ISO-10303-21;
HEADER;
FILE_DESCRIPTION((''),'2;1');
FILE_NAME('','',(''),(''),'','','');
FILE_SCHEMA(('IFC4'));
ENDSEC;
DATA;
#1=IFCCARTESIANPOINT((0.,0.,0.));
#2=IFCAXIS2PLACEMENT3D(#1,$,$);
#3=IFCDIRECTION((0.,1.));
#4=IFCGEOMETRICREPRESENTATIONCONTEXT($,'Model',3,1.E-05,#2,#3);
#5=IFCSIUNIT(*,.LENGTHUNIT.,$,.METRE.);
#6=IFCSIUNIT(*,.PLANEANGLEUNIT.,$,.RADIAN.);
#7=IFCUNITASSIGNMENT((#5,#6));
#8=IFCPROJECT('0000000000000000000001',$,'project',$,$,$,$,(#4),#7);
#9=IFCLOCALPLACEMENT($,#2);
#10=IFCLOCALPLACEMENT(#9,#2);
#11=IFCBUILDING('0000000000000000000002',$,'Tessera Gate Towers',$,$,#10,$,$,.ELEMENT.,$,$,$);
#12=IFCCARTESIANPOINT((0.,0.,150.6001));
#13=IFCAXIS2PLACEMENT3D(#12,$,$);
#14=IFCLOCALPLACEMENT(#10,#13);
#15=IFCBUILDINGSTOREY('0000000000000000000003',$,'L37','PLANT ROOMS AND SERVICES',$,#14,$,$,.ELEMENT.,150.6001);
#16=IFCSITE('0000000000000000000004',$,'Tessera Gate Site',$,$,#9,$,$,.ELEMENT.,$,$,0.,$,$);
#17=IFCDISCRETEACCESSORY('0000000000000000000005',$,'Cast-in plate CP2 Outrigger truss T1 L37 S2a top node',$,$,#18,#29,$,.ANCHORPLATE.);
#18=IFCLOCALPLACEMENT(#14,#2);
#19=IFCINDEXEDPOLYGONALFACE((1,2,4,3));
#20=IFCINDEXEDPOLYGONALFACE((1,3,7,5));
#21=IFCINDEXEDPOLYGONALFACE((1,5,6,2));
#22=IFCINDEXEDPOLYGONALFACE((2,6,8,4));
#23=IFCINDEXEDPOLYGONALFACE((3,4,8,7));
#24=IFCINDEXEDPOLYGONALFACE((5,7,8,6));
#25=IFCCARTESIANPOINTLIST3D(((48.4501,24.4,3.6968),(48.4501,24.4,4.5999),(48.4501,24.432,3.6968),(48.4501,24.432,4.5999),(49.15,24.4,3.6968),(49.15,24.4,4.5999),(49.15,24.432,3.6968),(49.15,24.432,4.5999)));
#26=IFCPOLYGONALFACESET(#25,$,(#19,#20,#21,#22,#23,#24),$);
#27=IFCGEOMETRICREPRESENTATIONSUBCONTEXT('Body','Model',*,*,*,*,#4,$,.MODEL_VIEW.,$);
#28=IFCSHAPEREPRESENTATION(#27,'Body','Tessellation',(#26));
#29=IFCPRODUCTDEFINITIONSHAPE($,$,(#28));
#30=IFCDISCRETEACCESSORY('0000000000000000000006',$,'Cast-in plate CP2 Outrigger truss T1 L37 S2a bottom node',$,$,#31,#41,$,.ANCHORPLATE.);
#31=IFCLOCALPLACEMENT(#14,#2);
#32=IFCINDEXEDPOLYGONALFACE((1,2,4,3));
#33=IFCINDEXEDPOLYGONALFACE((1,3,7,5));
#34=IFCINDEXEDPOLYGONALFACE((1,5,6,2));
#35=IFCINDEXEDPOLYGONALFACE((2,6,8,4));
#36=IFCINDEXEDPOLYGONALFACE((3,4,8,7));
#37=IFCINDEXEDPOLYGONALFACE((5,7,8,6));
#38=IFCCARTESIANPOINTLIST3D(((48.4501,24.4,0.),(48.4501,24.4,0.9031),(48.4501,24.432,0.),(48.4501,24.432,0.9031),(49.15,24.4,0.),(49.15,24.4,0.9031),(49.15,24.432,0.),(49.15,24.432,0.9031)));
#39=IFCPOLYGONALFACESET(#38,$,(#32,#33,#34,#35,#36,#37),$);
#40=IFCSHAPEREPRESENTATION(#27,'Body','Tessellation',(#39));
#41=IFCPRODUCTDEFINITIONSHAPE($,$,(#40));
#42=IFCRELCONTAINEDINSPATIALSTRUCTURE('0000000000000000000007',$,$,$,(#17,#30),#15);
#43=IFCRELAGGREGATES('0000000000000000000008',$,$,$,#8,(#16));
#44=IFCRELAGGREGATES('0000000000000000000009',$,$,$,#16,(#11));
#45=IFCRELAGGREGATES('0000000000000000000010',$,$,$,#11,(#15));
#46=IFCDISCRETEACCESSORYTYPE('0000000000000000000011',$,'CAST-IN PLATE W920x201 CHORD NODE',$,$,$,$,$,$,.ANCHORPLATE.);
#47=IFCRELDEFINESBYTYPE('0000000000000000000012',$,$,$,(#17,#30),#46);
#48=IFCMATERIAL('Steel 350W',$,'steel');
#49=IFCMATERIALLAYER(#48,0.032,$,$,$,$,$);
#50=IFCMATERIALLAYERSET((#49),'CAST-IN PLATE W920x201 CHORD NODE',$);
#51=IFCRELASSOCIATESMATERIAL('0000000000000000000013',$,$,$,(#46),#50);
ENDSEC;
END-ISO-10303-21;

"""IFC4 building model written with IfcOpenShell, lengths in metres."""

from ifc_helpers import new_model, si_unit, direction, frame, origin, origin_2d, place, context, subcontext, project, spatial, rectangle, extrude, material, layer, layer_set, type_object, element, save


model = new_model("IFC4")

# Units and contexts
model_context = context("Model", 3, precision=1e-05, world=origin(), true_north=direction((0.0, 1.0)))
body_context = subcontext(model_context, "Body", "Model", "MODEL_VIEW")
ifc_project = project(units=[si_unit("LENGTHUNIT", "METRE"), si_unit("PLANEANGLEUNIT", "RADIAN")], contexts=[model_context])

# Site, building, storey
site_placement = place(None, origin())
site = spatial("IfcSite", under=ifc_project, at=site_placement, Name="Tessera Gate Site", CompositionType="ELEMENT", RefElevation=0.0)
building_placement = place(site_placement, origin())
building = spatial("IfcBuilding", under=site, at=building_placement, Name="Tessera Gate Towers", CompositionType="ELEMENT")
storey_placement = place(building_placement, frame((0.0, 0.0, 150.6001)))
storey = spatial("IfcBuildingStorey", under=building, at=storey_placement, Name="L37", Description="PLANT ROOMS AND SERVICES", CompositionType="ELEMENT", Elevation=150.6001)

# Discrete accessories
ifc_material_1 = material(Name="Steel 350W", Category="steel")
ifc_layer_1 = layer(ifc_material_1, 0.032)
ifc_layer_set_1 = layer_set([ifc_layer_1], Name="CAST-IN PLATE W920x201 CHORD NODE")
discrete_accessory_type = type_object("IfcDiscreteAccessoryType", Name="CAST-IN PLATE W920x201 CHORD NODE", PredefinedType="ANCHORPLATE", material=ifc_layer_set_1)
for number, where, z_axis, x_axis, name in (
    (1, (48.8, 24.416, 3.6968), (0.0, 0.0, 1.0), (1.0, 0.0, 0.0), "Cast-in plate CP2 Outrigger truss T1 L37 S2a top node"),
    (2, (48.8, 24.416, 0.0), (0.0, 0.0, 1.0), (1.0, 0.0, 0.0), "Cast-in plate CP2 Outrigger truss T1 L37 S2a bottom node"),
):
    element("IfcDiscreteAccessory", number, at=place(storey_placement, frame(where, z_axis=z_axis, x_axis=x_axis)), inside=storey, type_object=discrete_accessory_type, Name=name, PredefinedType="ANCHORPLATE", context=body_context, shape_type="SweptSolid", body=[
        extrude(rectangle(XDim=0.7, YDim=0.032, at=origin_2d()), origin(), (0.0, 0.0, 1.0), 0.9031),
    ])

save(model, "model.ifc")
